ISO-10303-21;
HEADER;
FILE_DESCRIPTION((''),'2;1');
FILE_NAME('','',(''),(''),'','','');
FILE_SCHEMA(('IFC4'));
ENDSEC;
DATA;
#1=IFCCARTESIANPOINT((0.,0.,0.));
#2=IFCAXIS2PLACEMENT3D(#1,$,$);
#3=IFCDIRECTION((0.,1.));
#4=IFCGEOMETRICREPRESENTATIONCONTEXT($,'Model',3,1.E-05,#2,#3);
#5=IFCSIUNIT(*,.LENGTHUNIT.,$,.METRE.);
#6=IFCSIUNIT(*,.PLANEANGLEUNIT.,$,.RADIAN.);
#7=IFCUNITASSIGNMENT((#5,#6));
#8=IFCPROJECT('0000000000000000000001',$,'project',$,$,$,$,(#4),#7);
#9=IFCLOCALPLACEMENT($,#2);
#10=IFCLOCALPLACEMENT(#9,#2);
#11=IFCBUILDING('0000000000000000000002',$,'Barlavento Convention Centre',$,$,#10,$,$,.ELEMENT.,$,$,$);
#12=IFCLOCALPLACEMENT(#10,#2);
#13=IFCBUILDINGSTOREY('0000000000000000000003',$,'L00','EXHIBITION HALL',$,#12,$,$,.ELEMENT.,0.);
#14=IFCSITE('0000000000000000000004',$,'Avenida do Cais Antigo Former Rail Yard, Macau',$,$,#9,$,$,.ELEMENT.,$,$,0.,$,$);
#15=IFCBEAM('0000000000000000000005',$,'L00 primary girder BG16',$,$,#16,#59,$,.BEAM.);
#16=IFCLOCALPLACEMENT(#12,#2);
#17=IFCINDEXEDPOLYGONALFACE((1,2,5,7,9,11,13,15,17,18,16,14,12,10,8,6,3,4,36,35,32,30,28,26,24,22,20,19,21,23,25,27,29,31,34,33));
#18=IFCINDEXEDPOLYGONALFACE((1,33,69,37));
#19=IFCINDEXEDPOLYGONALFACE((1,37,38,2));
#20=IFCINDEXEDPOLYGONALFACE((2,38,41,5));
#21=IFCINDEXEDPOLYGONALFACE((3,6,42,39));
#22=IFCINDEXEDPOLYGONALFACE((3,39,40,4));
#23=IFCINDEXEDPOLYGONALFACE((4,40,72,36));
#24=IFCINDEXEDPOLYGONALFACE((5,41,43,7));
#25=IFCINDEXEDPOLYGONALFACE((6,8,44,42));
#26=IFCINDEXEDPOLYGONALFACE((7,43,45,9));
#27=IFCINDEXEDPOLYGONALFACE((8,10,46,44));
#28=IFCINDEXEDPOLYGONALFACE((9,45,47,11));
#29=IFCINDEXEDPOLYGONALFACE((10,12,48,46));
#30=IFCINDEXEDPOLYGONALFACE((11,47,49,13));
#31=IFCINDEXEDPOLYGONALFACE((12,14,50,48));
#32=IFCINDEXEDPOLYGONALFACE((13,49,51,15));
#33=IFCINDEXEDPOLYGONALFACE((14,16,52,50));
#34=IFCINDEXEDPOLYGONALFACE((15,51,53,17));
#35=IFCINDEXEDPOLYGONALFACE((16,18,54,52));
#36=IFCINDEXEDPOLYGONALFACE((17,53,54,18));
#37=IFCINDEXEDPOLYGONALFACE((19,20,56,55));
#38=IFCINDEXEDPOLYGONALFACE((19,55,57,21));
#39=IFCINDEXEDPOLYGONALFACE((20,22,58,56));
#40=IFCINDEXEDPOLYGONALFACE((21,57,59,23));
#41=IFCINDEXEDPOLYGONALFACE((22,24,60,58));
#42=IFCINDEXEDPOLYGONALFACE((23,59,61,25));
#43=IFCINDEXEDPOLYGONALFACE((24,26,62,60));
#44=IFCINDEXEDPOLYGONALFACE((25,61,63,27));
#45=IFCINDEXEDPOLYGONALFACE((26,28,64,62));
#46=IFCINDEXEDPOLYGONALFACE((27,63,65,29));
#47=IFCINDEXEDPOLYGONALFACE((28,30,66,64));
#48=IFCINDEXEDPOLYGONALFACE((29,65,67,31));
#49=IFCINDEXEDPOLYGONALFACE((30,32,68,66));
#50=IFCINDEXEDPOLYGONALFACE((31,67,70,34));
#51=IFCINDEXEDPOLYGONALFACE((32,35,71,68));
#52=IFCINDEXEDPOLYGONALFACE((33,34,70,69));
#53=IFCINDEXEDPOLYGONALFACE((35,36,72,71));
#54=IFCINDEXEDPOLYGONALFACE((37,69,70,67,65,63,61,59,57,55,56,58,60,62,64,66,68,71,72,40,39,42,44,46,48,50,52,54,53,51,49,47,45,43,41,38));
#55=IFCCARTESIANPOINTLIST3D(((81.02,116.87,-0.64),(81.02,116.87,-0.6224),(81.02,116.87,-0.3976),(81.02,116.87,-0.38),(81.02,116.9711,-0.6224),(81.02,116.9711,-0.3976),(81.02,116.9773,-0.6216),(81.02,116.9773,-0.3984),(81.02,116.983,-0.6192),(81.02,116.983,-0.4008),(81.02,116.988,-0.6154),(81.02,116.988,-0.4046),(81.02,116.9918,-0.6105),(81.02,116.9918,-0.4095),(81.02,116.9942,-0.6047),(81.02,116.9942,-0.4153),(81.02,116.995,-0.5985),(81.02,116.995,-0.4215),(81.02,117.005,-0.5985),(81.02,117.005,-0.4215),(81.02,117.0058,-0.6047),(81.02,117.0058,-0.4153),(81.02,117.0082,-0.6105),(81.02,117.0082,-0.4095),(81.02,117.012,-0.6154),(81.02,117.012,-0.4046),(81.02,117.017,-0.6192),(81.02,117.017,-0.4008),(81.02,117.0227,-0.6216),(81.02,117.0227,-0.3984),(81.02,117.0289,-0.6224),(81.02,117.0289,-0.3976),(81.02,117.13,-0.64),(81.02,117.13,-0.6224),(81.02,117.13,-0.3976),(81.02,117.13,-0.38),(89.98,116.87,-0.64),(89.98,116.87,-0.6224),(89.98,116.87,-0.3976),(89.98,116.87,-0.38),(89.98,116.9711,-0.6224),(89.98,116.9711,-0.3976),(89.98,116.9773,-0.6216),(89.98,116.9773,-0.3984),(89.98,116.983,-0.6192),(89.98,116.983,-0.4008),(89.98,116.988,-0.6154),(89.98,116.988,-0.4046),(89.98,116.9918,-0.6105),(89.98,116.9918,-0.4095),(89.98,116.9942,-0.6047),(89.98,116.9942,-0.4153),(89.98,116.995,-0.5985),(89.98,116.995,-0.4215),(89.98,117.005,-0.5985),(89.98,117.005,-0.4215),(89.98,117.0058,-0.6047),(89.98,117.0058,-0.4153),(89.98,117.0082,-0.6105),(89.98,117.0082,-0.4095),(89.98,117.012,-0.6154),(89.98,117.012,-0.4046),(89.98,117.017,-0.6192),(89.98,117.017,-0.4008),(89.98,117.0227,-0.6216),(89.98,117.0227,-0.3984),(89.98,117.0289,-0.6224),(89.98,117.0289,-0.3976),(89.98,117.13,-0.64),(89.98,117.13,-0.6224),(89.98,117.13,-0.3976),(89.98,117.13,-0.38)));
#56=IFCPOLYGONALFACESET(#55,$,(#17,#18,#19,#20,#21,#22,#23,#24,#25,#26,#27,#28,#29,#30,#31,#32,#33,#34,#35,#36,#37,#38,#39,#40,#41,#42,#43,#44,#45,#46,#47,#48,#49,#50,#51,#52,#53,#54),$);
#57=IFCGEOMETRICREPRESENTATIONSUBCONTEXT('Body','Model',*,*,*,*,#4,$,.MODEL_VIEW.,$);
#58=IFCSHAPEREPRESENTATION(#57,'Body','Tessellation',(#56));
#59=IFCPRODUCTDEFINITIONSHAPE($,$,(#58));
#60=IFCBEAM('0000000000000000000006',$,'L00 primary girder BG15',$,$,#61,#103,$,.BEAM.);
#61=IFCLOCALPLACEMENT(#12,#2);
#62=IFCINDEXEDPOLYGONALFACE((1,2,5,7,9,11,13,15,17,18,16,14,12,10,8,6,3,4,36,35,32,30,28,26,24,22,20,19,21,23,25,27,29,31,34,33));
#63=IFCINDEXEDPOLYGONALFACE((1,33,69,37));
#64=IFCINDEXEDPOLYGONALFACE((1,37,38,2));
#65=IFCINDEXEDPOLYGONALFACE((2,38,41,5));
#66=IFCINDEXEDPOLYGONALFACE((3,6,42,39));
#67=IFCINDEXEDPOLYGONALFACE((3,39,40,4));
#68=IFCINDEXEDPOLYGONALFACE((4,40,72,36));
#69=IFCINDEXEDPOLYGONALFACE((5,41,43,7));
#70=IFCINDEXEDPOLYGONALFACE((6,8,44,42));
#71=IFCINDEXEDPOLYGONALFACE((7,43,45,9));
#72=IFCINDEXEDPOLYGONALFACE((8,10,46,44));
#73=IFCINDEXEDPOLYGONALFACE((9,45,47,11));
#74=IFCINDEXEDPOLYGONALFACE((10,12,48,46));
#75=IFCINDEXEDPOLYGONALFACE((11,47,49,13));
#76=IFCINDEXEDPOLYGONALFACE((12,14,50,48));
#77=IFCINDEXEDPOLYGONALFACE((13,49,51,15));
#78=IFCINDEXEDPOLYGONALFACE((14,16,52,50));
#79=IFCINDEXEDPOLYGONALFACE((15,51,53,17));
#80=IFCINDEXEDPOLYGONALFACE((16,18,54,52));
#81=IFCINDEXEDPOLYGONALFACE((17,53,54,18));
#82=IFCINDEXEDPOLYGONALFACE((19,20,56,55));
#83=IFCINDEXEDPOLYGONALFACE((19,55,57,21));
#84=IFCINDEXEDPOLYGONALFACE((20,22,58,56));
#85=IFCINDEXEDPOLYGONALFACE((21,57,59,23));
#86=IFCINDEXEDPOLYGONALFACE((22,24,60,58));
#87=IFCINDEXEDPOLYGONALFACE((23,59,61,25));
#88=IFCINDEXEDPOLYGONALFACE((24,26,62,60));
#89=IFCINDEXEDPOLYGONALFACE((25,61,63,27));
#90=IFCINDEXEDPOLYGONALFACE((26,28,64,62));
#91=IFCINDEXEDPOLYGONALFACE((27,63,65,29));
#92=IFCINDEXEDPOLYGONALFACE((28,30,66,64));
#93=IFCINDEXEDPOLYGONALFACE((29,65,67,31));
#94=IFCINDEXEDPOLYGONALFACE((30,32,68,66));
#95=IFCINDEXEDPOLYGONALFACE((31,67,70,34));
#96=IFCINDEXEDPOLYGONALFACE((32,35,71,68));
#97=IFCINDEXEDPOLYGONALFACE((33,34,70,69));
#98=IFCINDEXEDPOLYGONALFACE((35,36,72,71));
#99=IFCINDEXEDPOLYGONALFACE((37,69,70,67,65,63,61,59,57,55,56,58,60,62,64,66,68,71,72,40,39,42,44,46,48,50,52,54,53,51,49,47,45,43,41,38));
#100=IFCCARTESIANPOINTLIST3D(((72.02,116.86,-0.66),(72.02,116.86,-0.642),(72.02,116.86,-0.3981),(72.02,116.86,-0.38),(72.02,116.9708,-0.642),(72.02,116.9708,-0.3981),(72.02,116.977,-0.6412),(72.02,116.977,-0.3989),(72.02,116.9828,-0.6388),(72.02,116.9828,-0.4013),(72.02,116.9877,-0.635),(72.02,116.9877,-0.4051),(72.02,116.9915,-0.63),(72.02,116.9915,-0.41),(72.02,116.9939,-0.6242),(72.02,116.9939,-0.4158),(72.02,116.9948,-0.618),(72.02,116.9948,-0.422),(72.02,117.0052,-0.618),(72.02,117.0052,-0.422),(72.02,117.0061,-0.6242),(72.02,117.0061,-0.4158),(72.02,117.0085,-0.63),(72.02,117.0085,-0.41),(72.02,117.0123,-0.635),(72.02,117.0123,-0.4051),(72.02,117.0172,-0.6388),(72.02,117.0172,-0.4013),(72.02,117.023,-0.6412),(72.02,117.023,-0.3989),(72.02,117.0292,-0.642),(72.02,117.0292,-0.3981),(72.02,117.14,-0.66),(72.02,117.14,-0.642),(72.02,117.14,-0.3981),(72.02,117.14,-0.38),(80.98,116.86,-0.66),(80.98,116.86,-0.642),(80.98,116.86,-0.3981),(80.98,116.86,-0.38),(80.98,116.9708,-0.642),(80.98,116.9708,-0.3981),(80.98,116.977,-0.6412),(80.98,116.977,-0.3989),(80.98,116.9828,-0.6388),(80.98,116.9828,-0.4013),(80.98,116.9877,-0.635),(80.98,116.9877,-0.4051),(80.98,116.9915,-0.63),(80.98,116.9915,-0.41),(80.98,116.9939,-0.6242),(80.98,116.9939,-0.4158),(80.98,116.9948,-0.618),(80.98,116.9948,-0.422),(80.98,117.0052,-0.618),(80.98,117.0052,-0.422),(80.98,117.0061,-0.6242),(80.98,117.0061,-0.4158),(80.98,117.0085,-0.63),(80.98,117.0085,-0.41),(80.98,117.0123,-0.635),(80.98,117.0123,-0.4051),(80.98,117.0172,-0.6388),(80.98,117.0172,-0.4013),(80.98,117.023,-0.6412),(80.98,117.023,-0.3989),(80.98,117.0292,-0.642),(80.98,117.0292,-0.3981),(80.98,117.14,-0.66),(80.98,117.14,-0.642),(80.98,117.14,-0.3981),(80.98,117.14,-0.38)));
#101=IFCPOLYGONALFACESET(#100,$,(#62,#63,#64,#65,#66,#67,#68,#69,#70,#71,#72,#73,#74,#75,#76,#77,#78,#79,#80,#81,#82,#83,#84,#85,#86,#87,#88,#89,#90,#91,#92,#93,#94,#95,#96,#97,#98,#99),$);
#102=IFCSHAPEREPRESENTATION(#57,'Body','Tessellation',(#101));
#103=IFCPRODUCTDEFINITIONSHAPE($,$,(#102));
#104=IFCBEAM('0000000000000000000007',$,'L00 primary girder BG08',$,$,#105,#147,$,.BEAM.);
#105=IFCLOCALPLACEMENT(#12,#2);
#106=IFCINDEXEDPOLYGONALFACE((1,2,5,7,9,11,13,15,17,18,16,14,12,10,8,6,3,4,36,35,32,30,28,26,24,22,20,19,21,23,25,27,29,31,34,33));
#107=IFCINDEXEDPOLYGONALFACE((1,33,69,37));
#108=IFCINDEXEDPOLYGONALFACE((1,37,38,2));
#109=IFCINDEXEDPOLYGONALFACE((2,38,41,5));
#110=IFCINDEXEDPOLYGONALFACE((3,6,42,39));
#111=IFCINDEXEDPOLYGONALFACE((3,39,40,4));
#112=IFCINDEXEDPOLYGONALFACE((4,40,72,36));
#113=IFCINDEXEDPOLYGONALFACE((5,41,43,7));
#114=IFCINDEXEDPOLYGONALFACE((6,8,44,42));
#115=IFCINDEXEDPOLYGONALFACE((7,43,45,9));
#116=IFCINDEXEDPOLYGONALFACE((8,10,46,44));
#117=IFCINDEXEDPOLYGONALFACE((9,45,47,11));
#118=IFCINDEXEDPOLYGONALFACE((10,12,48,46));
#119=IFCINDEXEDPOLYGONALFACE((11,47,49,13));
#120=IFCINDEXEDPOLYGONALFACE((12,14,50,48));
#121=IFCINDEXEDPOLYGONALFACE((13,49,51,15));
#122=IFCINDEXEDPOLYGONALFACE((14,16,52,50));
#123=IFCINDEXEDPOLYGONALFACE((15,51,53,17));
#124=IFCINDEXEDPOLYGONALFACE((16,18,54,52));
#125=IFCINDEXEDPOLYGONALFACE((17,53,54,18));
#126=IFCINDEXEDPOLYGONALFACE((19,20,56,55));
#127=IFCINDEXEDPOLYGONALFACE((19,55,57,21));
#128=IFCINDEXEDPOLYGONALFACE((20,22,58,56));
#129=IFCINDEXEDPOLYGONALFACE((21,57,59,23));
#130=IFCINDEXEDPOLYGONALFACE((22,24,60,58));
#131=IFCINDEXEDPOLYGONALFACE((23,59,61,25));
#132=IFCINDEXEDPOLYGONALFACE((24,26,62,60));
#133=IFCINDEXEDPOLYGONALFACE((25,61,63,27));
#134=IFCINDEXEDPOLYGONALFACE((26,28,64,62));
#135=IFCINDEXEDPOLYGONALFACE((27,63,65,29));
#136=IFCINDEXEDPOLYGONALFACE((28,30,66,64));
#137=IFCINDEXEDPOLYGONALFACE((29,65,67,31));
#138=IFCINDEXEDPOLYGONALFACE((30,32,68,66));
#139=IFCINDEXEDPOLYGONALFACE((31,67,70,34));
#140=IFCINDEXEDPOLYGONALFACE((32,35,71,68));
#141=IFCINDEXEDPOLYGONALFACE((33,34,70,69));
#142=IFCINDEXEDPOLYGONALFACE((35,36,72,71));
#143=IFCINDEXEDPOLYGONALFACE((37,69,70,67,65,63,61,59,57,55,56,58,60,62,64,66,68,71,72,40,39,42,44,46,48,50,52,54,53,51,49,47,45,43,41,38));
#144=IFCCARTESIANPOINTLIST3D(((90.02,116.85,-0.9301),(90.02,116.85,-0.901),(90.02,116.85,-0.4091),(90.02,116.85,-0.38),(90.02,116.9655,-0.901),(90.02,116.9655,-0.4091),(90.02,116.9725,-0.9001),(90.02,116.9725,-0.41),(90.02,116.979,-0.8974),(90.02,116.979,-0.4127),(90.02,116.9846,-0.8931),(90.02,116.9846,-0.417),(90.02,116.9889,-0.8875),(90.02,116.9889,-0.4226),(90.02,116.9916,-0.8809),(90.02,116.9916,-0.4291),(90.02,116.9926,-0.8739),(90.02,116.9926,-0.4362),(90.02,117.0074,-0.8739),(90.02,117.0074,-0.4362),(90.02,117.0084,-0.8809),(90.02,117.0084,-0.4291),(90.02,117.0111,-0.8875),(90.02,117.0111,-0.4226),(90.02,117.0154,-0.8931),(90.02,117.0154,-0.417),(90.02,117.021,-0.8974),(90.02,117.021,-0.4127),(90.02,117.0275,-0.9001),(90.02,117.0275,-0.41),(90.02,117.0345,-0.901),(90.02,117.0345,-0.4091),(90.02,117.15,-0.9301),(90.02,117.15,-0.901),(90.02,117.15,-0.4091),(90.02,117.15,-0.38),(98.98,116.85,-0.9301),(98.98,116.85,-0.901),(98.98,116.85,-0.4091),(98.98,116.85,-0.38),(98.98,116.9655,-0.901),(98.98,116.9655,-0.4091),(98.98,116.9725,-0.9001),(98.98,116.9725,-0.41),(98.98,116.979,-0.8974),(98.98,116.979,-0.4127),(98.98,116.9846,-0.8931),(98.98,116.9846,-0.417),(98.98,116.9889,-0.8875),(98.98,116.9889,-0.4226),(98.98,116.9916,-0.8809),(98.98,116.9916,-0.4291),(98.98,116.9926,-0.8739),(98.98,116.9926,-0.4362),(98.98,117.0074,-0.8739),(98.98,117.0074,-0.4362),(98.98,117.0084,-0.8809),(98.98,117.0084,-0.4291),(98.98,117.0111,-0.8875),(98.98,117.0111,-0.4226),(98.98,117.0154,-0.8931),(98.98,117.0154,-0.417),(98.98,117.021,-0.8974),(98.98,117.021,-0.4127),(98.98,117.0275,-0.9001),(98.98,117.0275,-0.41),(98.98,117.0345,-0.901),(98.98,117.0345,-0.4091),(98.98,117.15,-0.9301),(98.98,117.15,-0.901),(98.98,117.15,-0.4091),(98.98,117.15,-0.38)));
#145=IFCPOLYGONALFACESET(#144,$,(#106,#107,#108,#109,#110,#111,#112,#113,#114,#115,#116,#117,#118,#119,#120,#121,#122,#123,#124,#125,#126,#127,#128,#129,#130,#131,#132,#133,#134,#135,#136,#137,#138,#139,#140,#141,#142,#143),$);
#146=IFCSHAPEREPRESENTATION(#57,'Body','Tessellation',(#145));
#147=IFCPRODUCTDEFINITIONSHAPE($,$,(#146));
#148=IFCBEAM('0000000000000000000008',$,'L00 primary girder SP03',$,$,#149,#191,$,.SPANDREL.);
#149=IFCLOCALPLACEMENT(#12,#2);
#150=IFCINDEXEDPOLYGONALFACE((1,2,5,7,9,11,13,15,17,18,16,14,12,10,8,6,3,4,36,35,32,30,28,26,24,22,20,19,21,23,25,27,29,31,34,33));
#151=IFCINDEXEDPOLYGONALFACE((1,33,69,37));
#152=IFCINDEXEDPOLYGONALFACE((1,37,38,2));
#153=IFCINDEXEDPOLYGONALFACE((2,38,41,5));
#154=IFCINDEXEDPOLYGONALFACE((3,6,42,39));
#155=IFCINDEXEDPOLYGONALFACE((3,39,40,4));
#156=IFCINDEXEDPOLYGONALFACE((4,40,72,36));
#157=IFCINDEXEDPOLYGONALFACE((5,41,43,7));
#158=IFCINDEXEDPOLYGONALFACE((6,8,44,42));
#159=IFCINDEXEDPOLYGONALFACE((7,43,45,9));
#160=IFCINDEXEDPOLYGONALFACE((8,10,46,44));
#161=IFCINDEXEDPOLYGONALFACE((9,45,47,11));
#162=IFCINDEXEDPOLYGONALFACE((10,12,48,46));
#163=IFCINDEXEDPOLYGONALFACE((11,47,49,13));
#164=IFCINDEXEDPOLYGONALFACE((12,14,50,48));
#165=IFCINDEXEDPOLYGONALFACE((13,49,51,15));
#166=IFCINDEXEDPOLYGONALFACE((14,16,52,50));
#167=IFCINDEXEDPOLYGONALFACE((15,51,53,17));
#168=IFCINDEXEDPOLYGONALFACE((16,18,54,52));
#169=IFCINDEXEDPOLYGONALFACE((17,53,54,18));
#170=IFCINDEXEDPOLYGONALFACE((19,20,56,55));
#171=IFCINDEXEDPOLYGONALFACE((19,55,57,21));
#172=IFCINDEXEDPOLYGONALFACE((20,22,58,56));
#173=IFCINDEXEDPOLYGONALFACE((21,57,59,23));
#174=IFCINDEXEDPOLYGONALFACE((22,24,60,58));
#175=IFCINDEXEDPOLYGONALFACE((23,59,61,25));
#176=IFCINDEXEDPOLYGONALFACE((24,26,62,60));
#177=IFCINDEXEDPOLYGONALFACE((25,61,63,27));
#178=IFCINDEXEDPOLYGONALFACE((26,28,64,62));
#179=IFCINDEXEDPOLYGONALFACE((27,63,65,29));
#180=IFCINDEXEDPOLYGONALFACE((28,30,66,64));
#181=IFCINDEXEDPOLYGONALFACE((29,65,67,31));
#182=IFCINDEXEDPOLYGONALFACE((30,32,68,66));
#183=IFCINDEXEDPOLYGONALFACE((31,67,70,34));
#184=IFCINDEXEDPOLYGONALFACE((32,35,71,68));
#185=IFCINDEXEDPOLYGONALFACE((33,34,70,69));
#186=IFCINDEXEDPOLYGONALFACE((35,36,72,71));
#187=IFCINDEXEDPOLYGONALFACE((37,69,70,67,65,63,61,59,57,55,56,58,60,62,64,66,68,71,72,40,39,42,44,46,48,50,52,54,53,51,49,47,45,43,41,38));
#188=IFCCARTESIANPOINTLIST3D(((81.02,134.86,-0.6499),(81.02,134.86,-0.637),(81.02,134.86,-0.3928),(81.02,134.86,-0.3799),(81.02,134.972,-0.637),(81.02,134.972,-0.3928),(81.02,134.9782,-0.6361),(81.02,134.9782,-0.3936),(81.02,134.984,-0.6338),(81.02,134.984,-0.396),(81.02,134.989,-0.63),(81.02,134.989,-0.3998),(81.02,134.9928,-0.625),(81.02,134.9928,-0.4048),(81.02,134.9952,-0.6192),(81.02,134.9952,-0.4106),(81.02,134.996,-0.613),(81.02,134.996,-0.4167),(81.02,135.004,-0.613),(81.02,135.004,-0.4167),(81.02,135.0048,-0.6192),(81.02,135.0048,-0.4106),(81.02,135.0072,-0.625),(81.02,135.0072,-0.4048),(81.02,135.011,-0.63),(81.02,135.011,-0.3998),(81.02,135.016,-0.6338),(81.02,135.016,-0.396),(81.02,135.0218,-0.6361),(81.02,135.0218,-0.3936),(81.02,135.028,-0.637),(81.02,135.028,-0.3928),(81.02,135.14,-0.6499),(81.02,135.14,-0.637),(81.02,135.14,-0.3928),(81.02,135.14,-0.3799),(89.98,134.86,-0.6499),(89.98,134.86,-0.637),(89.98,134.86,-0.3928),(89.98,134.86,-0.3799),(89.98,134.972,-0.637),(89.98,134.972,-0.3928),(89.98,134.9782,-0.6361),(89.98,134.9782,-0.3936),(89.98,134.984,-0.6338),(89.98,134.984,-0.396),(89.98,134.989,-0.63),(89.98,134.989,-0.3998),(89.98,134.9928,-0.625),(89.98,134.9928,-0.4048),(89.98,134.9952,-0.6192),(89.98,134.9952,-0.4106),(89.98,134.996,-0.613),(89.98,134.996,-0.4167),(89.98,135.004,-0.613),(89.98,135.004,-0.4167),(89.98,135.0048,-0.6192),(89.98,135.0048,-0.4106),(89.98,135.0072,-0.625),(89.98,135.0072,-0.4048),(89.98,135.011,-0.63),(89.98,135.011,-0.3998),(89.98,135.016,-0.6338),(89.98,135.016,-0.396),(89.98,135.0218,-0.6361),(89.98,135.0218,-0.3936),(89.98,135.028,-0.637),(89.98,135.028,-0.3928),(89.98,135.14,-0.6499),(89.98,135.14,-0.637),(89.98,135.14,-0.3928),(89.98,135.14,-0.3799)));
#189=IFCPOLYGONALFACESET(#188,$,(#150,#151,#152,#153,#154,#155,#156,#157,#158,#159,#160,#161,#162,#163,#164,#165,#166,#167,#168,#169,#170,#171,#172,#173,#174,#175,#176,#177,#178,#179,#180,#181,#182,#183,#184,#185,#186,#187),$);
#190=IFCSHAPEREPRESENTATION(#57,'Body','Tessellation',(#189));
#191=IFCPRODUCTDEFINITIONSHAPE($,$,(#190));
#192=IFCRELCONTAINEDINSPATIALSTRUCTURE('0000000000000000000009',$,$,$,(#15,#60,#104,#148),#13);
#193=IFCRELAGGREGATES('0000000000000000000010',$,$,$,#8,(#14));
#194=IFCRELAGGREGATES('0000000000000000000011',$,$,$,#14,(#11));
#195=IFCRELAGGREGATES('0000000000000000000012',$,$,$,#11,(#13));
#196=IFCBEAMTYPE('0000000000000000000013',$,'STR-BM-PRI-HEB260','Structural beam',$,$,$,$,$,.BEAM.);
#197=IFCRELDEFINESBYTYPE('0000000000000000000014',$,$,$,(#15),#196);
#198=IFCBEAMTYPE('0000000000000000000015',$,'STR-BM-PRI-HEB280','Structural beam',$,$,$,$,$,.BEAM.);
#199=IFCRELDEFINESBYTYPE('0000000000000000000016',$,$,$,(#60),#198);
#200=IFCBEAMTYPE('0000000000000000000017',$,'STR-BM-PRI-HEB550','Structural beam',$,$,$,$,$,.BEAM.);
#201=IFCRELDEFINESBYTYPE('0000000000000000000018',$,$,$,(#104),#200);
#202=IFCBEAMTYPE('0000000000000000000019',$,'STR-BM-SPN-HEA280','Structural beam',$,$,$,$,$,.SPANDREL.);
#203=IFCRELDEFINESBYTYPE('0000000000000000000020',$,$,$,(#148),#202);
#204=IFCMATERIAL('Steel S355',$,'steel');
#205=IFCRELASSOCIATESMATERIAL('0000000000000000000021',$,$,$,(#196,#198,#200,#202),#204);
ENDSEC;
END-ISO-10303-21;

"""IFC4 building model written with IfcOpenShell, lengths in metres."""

from ifc_helpers import new_model, si_unit, direction, frame, origin, origin_2d, place, context, subcontext, project, spatial, i_section, extrude, material, material_profile, profile_set, type_object, element, save


model = new_model("IFC4")

# Units and contexts
model_context = context("Model", 3, precision=1e-05, world=origin(), true_north=direction((0.0, 1.0)))
body_context = subcontext(model_context, "Body", "Model", "MODEL_VIEW")
ifc_project = project(units=[si_unit("LENGTHUNIT", "METRE"), si_unit("PLANEANGLEUNIT", "RADIAN")], contexts=[model_context])

# Site, building, storey
site_placement = place(None, origin())
site = spatial("IfcSite", under=ifc_project, at=site_placement, Name="Avenida do Cais Antigo Former Rail Yard, Macau", CompositionType="ELEMENT", RefElevation=0.0)
building_placement = place(site_placement, origin())
building = spatial("IfcBuilding", under=site, at=building_placement, Name="Barlavento Convention Centre", CompositionType="ELEMENT")
storey_placement = place(building_placement, origin())
storey = spatial("IfcBuildingStorey", under=building, at=storey_placement, Name="L00", Description="EXHIBITION HALL", CompositionType="ELEMENT", Elevation=0.0)

# Beams
ifc_material_1 = material(Name="Steel S355", Category="steel")
ifc_material_profile_1 = material_profile(ifc_material_1, i_section(OverallWidth=0.26, OverallDepth=0.26, WebThickness=0.01, FlangeThickness=0.0176, FilletRadius=0.0239, at=origin_2d()), Name="HEB 260")
ifc_profile_set_1 = profile_set([ifc_material_profile_1], Name="Steel S355")
beam_type_1 = type_object("IfcBeamType", Name="STR-BM-PRI-HEB260", Description="Structural beam", PredefinedType="BEAM", material=ifc_profile_set_1)
beam_1_placement = place(storey_placement, frame((81.02, 117.0, -0.51), z_axis=(1.0, 0.0, 0.0), x_axis=(0.0, 1.0, 0.0)))
element("IfcBeam", 1, at=beam_1_placement, inside=storey, type_object=beam_type_1, Name="L00 primary girder BG16", PredefinedType="BEAM", context=body_context, shape_type="SweptSolid", body=[
    extrude(i_section(OverallWidth=0.26, OverallDepth=0.26, WebThickness=0.01, FlangeThickness=0.0176, FilletRadius=0.0239, at=origin_2d()), origin(), (0.0, 0.0, 1.0), 8.96),
])
ifc_material_profile_2 = material_profile(ifc_material_1, i_section(OverallWidth=0.28, OverallDepth=0.28, WebThickness=0.0105, FlangeThickness=0.0181, FilletRadius=0.0239, at=origin_2d()), Name="HEB 280")
ifc_profile_set_2 = profile_set([ifc_material_profile_2], Name="Steel S355")
beam_type_2 = type_object("IfcBeamType", Name="STR-BM-PRI-HEB280", Description="Structural beam", PredefinedType="BEAM", material=ifc_profile_set_2)
beam_2_placement = place(storey_placement, frame((72.02, 117.0, -0.52), z_axis=(1.0, 0.0, 0.0), x_axis=(0.0, 1.0, 0.0)))
element("IfcBeam", 2, at=beam_2_placement, inside=storey, type_object=beam_type_2, Name="L00 primary girder BG15", PredefinedType="BEAM", context=body_context, shape_type="SweptSolid", body=[
    extrude(i_section(OverallWidth=0.28, OverallDepth=0.28, WebThickness=0.0105, FlangeThickness=0.0181, FilletRadius=0.0239, at=origin_2d()), origin(), (0.0, 0.0, 1.0), 8.96),
])
ifc_material_profile_3 = material_profile(ifc_material_1, i_section(OverallWidth=0.3, OverallDepth=0.55, WebThickness=0.0149, FlangeThickness=0.0291, FilletRadius=0.0271, at=origin_2d()), Name="HEB 550")
ifc_profile_set_3 = profile_set([ifc_material_profile_3], Name="Steel S355")
beam_type_3 = type_object("IfcBeamType", Name="STR-BM-PRI-HEB550", Description="Structural beam", PredefinedType="BEAM", material=ifc_profile_set_3)
beam_3_placement = place(storey_placement, frame((90.02, 117.0, -0.655), z_axis=(1.0, 0.0, 0.0), x_axis=(0.0, 1.0, 0.0)))
element("IfcBeam", 3, at=beam_3_placement, inside=storey, type_object=beam_type_3, Name="L00 primary girder BG08", PredefinedType="BEAM", context=body_context, shape_type="SweptSolid", body=[
    extrude(i_section(OverallWidth=0.3, OverallDepth=0.55, WebThickness=0.0149, FlangeThickness=0.0291, FilletRadius=0.0271, at=origin_2d()), origin(), (0.0, 0.0, 1.0), 8.96),
])
ifc_material_profile_4 = material_profile(ifc_material_1, i_section(OverallWidth=0.28, OverallDepth=0.27, WebThickness=0.0081, FlangeThickness=0.0129, FilletRadius=0.0239, at=origin_2d()), Name="HEA 280")
ifc_profile_set_4 = profile_set([ifc_material_profile_4], Name="Steel S355")
beam_type_4 = type_object("IfcBeamType", Name="STR-BM-SPN-HEA280", Description="Structural beam", PredefinedType="SPANDREL", material=ifc_profile_set_4)
beam_4_placement = place(storey_placement, frame((81.02, 135.0, -0.5149), z_axis=(1.0, 0.0, 0.0), x_axis=(0.0, 1.0, 0.0)))
element("IfcBeam", 4, at=beam_4_placement, inside=storey, type_object=beam_type_4, Name="L00 primary girder SP03", PredefinedType="SPANDREL", context=body_context, shape_type="SweptSolid", body=[
    extrude(i_section(OverallWidth=0.28, OverallDepth=0.27, WebThickness=0.0081, FlangeThickness=0.0129, FilletRadius=0.0239, at=origin_2d()), origin(), (0.0, 0.0, 1.0), 8.96),
])

save(model, "model.ifc")
